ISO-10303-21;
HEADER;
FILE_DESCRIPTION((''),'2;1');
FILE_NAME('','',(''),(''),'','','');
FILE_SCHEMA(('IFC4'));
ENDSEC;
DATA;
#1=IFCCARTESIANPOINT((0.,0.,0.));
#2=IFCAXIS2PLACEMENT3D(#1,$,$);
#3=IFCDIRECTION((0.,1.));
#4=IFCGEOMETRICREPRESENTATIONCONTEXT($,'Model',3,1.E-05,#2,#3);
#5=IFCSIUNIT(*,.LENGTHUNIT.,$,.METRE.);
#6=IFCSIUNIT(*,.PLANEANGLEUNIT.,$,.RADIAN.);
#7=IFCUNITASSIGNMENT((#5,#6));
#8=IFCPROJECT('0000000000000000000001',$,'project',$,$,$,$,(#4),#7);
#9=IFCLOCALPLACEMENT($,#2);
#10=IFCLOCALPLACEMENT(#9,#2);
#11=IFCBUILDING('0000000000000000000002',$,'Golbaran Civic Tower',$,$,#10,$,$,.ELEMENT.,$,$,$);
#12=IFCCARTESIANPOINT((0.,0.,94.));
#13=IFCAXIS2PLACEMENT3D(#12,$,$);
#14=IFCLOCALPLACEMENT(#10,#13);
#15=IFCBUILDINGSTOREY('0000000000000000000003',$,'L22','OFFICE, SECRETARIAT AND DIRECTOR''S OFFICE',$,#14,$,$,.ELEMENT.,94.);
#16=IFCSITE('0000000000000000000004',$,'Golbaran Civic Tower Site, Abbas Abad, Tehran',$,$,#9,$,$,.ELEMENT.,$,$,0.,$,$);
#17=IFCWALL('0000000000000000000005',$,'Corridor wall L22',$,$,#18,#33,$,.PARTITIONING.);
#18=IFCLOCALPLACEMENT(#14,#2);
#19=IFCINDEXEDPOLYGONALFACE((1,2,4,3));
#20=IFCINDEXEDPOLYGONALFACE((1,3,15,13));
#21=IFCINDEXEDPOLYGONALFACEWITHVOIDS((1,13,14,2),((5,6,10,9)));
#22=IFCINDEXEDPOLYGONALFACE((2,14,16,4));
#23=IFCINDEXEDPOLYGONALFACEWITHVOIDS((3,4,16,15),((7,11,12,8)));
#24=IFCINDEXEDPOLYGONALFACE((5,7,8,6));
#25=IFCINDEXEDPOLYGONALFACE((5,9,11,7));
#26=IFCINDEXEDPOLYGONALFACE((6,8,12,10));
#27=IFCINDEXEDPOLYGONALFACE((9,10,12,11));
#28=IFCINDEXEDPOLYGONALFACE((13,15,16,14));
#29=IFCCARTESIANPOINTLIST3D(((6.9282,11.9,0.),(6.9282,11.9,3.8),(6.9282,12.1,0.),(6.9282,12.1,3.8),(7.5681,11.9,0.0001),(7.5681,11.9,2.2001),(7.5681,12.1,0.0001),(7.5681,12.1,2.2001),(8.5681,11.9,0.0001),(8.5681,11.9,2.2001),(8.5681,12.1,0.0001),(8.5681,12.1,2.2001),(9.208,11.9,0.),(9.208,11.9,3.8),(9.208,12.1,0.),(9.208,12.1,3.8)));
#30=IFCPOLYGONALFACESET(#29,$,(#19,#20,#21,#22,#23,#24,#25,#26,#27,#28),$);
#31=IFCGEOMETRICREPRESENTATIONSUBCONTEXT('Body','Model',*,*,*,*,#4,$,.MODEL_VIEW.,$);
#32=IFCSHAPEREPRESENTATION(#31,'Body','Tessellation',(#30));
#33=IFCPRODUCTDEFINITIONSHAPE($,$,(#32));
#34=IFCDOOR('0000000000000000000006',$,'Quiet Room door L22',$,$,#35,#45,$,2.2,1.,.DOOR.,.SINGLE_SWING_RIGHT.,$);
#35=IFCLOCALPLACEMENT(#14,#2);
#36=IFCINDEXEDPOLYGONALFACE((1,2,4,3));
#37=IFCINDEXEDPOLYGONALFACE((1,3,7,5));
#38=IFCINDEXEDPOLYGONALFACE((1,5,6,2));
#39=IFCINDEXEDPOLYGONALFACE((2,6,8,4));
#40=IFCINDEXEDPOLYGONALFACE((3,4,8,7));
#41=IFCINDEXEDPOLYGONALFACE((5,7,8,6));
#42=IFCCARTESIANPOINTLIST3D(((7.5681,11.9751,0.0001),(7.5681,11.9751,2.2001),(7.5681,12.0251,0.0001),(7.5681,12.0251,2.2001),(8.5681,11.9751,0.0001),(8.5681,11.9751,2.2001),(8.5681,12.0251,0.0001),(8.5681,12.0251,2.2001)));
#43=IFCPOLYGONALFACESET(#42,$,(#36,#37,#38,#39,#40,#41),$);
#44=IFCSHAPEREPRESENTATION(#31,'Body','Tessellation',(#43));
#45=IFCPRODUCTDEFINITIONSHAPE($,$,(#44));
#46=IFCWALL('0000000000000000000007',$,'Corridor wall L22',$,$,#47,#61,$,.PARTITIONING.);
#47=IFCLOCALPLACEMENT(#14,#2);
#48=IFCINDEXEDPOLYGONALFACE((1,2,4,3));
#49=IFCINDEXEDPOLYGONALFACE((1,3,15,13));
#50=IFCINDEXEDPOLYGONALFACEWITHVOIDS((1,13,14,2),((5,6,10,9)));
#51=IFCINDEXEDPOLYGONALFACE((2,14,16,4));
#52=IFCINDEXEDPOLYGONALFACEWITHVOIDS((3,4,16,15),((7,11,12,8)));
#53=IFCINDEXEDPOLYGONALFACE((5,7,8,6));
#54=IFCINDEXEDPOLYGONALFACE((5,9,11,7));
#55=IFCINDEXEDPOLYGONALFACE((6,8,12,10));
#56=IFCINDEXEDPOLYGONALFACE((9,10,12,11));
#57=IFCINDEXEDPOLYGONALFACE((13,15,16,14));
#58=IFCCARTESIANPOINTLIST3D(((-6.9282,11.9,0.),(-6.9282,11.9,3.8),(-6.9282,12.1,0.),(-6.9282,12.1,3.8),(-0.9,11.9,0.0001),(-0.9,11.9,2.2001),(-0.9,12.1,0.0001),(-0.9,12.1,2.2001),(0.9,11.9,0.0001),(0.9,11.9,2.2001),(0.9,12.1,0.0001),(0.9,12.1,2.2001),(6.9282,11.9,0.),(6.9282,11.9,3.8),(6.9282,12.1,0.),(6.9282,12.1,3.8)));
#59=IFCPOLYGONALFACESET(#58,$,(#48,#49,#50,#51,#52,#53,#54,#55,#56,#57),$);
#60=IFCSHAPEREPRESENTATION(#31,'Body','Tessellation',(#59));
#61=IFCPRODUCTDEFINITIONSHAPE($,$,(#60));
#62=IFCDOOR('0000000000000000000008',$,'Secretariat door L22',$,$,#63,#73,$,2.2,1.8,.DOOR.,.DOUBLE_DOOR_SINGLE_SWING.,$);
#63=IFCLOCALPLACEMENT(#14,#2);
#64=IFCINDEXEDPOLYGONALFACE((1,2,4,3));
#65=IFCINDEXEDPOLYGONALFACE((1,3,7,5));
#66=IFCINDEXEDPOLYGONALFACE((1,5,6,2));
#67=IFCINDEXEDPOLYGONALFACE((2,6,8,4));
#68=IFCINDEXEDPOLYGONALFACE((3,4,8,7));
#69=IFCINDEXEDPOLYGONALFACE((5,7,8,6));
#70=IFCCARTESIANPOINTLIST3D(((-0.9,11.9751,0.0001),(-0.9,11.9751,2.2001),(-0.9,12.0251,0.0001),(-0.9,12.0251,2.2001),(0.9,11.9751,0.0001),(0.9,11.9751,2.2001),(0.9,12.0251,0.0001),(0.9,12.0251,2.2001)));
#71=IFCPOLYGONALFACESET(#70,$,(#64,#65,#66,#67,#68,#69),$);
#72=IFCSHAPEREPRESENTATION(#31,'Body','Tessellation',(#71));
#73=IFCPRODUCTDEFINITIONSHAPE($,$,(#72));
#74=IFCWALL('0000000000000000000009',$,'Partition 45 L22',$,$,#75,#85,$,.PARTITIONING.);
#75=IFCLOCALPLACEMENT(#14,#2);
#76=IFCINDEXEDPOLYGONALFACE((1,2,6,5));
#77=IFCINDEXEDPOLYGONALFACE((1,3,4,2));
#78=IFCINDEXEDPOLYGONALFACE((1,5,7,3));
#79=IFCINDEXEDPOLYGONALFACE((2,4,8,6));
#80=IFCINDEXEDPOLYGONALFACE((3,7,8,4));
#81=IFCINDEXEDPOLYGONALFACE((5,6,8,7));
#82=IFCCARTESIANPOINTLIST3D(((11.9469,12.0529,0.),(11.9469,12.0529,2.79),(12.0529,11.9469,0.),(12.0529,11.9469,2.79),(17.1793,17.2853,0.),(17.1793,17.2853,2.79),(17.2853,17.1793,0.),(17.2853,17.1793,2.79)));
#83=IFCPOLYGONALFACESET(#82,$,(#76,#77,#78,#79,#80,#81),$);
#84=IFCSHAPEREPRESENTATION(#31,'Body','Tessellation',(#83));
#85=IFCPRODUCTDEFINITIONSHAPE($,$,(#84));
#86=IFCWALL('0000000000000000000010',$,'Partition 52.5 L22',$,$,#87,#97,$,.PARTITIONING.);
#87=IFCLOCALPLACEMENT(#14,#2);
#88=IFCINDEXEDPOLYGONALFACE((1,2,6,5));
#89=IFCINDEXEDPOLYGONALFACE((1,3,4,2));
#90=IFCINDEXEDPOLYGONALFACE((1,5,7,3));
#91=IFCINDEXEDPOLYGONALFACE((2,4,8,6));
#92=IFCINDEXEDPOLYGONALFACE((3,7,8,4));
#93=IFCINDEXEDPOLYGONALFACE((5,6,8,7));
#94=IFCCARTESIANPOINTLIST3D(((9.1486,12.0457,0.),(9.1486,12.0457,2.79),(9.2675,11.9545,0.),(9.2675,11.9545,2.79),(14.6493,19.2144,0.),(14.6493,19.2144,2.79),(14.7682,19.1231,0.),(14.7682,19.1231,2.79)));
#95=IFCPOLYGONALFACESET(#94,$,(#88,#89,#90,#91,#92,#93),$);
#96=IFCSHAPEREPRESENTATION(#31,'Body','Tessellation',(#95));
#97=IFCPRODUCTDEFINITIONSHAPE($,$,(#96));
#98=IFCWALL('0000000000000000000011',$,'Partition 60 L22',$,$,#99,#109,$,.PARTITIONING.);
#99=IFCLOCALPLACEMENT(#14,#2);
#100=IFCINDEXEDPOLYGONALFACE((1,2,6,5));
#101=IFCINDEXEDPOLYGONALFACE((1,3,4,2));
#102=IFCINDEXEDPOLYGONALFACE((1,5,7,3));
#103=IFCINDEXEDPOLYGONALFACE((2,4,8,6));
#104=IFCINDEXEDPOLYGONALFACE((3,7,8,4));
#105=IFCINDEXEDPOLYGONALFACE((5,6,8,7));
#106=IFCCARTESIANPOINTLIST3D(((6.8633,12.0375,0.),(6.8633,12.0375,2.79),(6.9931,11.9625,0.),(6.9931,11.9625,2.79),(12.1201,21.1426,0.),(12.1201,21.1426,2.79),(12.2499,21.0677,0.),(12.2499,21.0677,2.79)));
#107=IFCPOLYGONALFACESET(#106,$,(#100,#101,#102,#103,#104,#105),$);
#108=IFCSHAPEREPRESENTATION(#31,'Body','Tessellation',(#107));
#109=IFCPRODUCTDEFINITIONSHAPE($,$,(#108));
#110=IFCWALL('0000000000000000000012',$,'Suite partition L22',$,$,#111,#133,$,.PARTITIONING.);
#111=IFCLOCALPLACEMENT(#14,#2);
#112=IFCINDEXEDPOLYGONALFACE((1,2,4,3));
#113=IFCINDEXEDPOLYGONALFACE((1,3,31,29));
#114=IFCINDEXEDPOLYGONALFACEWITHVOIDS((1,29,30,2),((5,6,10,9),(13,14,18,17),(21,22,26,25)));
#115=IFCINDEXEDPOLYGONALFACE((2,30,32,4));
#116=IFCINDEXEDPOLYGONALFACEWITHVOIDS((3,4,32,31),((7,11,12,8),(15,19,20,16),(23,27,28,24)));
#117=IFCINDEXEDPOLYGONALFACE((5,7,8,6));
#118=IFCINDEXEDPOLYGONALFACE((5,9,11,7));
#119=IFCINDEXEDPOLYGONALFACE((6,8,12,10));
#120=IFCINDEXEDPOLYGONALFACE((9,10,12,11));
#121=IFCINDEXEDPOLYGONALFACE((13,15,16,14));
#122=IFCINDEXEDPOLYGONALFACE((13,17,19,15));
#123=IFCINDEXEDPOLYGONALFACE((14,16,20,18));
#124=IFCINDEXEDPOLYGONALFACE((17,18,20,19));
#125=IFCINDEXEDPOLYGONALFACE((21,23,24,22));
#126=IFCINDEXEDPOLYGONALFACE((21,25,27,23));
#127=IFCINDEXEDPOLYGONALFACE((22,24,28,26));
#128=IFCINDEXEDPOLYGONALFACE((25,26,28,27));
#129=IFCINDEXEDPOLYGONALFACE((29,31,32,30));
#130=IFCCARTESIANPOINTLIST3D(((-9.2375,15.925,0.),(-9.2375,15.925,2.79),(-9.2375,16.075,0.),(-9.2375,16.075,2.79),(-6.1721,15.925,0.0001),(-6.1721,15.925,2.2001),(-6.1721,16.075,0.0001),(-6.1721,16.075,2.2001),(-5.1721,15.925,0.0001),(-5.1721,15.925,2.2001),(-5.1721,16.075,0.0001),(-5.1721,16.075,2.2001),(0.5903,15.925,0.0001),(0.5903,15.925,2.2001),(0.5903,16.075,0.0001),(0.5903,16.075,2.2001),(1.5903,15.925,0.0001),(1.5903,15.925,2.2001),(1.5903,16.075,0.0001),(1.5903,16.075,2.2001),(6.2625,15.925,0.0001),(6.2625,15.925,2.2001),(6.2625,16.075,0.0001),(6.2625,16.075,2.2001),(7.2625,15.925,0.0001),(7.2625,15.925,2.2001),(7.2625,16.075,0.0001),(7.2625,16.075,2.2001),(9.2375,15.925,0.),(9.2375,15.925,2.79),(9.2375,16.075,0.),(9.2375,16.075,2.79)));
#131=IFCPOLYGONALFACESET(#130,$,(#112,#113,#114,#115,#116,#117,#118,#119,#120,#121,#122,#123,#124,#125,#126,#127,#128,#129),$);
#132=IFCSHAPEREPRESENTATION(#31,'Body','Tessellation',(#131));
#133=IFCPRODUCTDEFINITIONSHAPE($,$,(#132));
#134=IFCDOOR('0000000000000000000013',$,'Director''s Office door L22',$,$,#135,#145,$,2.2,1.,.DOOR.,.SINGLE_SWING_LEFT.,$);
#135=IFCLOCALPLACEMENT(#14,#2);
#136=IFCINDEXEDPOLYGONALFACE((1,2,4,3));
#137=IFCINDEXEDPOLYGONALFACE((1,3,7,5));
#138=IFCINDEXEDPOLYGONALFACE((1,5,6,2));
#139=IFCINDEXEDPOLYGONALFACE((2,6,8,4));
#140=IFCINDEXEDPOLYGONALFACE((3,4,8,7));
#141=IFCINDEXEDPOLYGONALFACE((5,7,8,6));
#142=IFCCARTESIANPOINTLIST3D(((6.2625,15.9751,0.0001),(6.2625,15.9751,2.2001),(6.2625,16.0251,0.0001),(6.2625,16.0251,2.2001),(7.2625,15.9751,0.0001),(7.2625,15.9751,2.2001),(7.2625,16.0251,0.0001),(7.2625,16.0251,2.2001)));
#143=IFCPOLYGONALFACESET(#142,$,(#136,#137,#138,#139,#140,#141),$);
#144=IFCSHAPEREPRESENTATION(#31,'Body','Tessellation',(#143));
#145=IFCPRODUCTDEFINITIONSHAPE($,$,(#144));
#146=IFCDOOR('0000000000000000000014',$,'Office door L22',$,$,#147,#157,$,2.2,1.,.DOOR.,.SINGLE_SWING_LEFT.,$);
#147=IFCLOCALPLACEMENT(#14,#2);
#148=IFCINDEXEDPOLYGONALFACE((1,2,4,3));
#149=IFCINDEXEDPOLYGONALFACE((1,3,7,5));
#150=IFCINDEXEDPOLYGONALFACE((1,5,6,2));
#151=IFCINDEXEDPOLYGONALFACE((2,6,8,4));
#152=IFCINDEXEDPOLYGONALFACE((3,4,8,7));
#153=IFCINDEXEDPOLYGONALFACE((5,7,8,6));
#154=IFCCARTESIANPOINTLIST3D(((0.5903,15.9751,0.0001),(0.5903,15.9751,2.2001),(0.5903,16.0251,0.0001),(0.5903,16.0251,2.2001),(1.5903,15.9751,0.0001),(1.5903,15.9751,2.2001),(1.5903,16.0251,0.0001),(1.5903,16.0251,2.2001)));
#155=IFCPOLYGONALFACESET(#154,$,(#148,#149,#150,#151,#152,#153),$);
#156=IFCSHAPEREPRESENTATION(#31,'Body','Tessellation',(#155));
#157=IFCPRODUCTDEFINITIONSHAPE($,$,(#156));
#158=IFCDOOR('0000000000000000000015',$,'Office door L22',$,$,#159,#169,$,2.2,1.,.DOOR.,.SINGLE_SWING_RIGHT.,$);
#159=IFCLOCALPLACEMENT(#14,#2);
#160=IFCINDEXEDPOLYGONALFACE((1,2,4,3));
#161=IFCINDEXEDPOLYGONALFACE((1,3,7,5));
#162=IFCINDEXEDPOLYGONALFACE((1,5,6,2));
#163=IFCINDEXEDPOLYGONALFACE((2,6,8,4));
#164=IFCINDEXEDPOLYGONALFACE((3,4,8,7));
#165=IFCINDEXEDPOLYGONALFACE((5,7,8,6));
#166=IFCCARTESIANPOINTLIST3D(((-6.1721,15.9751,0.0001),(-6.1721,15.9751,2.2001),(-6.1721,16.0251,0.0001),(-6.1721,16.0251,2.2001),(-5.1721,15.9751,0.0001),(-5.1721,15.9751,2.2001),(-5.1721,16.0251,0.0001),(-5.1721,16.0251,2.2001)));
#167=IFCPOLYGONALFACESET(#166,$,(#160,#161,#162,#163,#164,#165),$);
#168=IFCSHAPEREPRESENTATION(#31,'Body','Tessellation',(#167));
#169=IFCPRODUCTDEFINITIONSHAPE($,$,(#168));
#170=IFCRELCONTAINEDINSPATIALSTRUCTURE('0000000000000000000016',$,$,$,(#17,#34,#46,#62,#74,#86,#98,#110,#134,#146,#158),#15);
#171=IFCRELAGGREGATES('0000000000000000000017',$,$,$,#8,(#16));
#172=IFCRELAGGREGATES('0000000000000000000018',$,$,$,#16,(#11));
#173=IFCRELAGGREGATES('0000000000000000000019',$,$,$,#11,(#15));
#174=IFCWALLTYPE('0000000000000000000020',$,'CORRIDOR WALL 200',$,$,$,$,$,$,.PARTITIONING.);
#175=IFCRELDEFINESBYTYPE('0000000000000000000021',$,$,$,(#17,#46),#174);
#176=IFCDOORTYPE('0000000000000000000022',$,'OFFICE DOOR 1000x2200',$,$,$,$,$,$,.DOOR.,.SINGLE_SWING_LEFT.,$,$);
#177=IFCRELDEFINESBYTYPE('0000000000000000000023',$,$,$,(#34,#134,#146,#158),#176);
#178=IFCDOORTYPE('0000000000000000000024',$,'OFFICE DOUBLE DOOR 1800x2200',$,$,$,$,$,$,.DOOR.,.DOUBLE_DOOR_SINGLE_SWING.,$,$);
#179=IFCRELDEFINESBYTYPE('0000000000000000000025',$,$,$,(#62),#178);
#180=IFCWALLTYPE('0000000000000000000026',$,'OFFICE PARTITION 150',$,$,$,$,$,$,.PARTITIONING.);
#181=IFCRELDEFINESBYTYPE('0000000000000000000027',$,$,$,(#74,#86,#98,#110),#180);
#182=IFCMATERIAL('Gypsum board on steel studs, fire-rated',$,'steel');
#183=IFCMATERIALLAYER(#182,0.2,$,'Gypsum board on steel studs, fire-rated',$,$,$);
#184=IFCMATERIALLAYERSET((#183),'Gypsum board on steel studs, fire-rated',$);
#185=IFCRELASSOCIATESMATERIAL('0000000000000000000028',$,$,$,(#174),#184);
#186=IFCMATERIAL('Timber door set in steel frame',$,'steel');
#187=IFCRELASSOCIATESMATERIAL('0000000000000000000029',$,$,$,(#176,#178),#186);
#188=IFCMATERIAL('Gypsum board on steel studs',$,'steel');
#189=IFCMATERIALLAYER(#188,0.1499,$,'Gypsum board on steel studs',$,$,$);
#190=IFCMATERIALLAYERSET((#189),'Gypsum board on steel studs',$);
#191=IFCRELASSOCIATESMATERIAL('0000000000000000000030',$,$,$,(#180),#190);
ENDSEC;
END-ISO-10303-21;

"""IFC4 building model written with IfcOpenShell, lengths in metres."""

from ifc_helpers import new_model, si_unit, direction, frame, frame_2d, origin, place, context, subcontext, project, spatial, rectangle, extrude, material, layer, layer_set, type_object, element, fill, save


model = new_model("IFC4")

# Units and contexts
model_context = context("Model", 3, precision=1e-05, world=origin(), true_north=direction((0.0, 1.0)))
body_context = subcontext(model_context, "Body", "Model", "MODEL_VIEW")
ifc_project = project(units=[si_unit("LENGTHUNIT", "METRE"), si_unit("PLANEANGLEUNIT", "RADIAN")], contexts=[model_context])

# Site, building, storey
site_placement = place(None, origin())
site = spatial("IfcSite", under=ifc_project, at=site_placement, Name="Golbaran Civic Tower Site, Abbas Abad, Tehran", CompositionType="ELEMENT", RefElevation=0.0)
building_placement = place(site_placement, origin())
building = spatial("IfcBuilding", under=site, at=building_placement, Name="Golbaran Civic Tower", CompositionType="ELEMENT")
storey_placement = place(building_placement, frame((0.0, 0.0, 94.0)))
storey = spatial("IfcBuildingStorey", under=building, at=storey_placement, Name="L22", Description="OFFICE, SECRETARIAT AND DIRECTOR'S OFFICE", CompositionType="ELEMENT", Elevation=94.0)

# Walls, openings, doors
ifc_material_1 = material(Name="Timber door set in steel frame", Category="steel")
ifc_material_2 = material(Name="Gypsum board on steel studs, fire-rated", Category="steel")
ifc_layer_1 = layer(ifc_material_2, 0.2, Name="Gypsum board on steel studs, fire-rated")
ifc_layer_set_1 = layer_set([ifc_layer_1], Name="Gypsum board on steel studs, fire-rated")
wall_type_1 = type_object("IfcWallType", Name="CORRIDOR WALL 200", PredefinedType="PARTITIONING", material=ifc_layer_set_1)
door_type_1 = type_object("IfcDoorType", Name="OFFICE DOOR 1000x2200", OperationType="SINGLE_SWING_LEFT", PredefinedType="DOOR", material=ifc_material_1)
wall_1_placement = place(storey_placement, frame((9.208, 12.0, 0.0), z_axis=(0.0, 0.0, 1.0), x_axis=(-1.0, 0.0, 0.0)))
wall_1 = element("IfcWall", 1, at=wall_1_placement, inside=storey, type_object=wall_type_1, Name="Corridor wall L22", PredefinedType="PARTITIONING", context=body_context, shape_type="SweptSolid", body=[
    extrude(rectangle(XDim=2.2798, YDim=0.2, at=frame_2d((1.1399, 0.0))), origin(), (0.0, 0.0, 1.0), 3.8),
])
opening_1_placement = place(wall_1_placement, frame((0.6399, 0.0, 0.0)))
opening_1 = element("IfcOpeningElement", 2, at=opening_1_placement, cuts=wall_1, PredefinedType="OPENING", context=body_context, shape_type="SweptSolid", body=[
    extrude(rectangle(XDim=1.0, YDim=2.2, at=frame_2d((0.5, 1.1001))), frame((0.0, 0.1099, 0.0), z_axis=(0.0, -1.0, 0.0), x_axis=(1.0, 0.0, 0.0)), (0.0, 0.0, 1.0), 0.22),
])
door_1_placement = place(opening_1_placement, origin())
door_1 = element("IfcDoor", 3, at=door_1_placement, inside=storey, type_object=door_type_1, Name="Quiet Room door L22", OperationType="SINGLE_SWING_RIGHT", OverallHeight=2.2, OverallWidth=1.0, PredefinedType="DOOR", context=body_context, shape_type="SweptSolid", body=[
    extrude(rectangle(XDim=1.0, YDim=2.2, at=frame_2d((0.5, 1.1001))), frame((0.0, 0.0249, 0.0), z_axis=(0.0, -1.0, 0.0), x_axis=(1.0, 0.0, 0.0)), (0.0, 0.0, 1.0), 0.05),
])
fill(opening_1, door_1)
wall_2_placement = place(storey_placement, frame((6.9282, 12.0, 0.0), z_axis=(0.0, 0.0, 1.0), x_axis=(-1.0, 0.0, 0.0)))
wall_2 = element("IfcWall", 4, at=wall_2_placement, inside=storey, type_object=wall_type_1, Name="Corridor wall L22", PredefinedType="PARTITIONING", context=body_context, shape_type="SweptSolid", body=[
    extrude(rectangle(XDim=13.8564, YDim=0.2, at=frame_2d((6.9282, 0.0))), origin(), (0.0, 0.0, 1.0), 3.8),
])
opening_2_placement = place(wall_2_placement, frame((6.0283, 0.0, 0.0)))
opening_2 = element("IfcOpeningElement", 5, at=opening_2_placement, cuts=wall_2, PredefinedType="OPENING", context=body_context, shape_type="SweptSolid", body=[
    extrude(rectangle(XDim=1.8, YDim=2.2, at=frame_2d((0.8999, 1.1001))), frame((0.0, 0.1099, 0.0), z_axis=(0.0, -1.0, 0.0), x_axis=(1.0, 0.0, 0.0)), (0.0, 0.0, 1.0), 0.22),
])
door_type_2 = type_object("IfcDoorType", Name="OFFICE DOUBLE DOOR 1800x2200", OperationType="DOUBLE_DOOR_SINGLE_SWING", PredefinedType="DOOR", material=ifc_material_1)
door_2_placement = place(opening_2_placement, origin())
door_2 = element("IfcDoor", 6, at=door_2_placement, inside=storey, type_object=door_type_2, Name="Secretariat door L22", OperationType="DOUBLE_DOOR_SINGLE_SWING", OverallHeight=2.2, OverallWidth=1.8, PredefinedType="DOOR", context=body_context, shape_type="SweptSolid", body=[
    extrude(rectangle(XDim=1.8, YDim=2.2, at=frame_2d((0.8999, 1.1001))), frame((0.0, 0.0249, 0.0), z_axis=(0.0, -1.0, 0.0), x_axis=(1.0, 0.0, 0.0)), (0.0, 0.0, 1.0), 0.05),
])
fill(opening_2, door_2)

# Walls
ifc_material_3 = material(Name="Gypsum board on steel studs", Category="steel")
ifc_layer_2 = layer(ifc_material_3, 0.1499, Name="Gypsum board on steel studs")
ifc_layer_set_2 = layer_set([ifc_layer_2], Name="Gypsum board on steel studs")
wall_type_2 = type_object("IfcWallType", Name="OFFICE PARTITION 150", PredefinedType="PARTITIONING", material=ifc_layer_set_2)
wall_3_placement = place(storey_placement, frame((12.0, 12.0, 0.0), z_axis=(0.0, 0.0, 1.0), x_axis=(0.707107, 0.707107, 0.0)))
element("IfcWall", 7, at=wall_3_placement, inside=storey, type_object=wall_type_2, Name="Partition 45 L22", PredefinedType="PARTITIONING", context=body_context, shape_type="SweptSolid", body=[
    extrude(rectangle(XDim=7.3997, YDim=0.1499, at=frame_2d((3.6997, 0.0))), origin(), (0.0, 0.0, 1.0), 2.79),
])
wall_4_placement = place(storey_placement, frame((9.208, 12.0, 0.0), z_axis=(0.0, 0.0, 1.0), x_axis=(0.608761, 0.793354, 0.0)))
element("IfcWall", 8, at=wall_4_placement, inside=storey, type_object=wall_type_2, Name="Partition 52.5 L22", PredefinedType="PARTITIONING", context=body_context, shape_type="SweptSolid", body=[
    extrude(rectangle(XDim=9.0359, YDim=0.1499, at=frame_2d((4.5181, 0.0))), origin(), (0.0, 0.0, 1.0), 2.79),
])
wall_5_placement = place(storey_placement, frame((6.9282, 12.0, 0.0), z_axis=(0.0, 0.0, 1.0), x_axis=(0.499995, 0.866028, 0.0)))
element("IfcWall", 9, at=wall_5_placement, inside=storey, type_object=wall_type_2, Name="Partition 60 L22", PredefinedType="PARTITIONING", context=body_context, shape_type="SweptSolid", body=[
    extrude(rectangle(XDim=10.5137, YDim=0.1499, at=frame_2d((5.2568, 0.0))), origin(), (0.0, 0.0, 1.0), 2.79),
])

# Wall, openings, doors
wall_6_placement = place(storey_placement, frame((9.2375, 16.0, 0.0), z_axis=(0.0, 0.0, 1.0), x_axis=(-1.0, 0.0, 0.0)))
wall_6 = element("IfcWall", 10, at=wall_6_placement, inside=storey, type_object=wall_type_2, Name="Suite partition L22", PredefinedType="PARTITIONING", context=body_context, shape_type="SweptSolid", body=[
    extrude(rectangle(XDim=18.4751, YDim=0.1499, at=frame_2d((9.2375, 0.0))), origin(), (0.0, 0.0, 1.0), 2.79),
])
opening_3_placement = place(wall_6_placement, frame((1.9751, 0.0, 0.0)))
opening_3 = element("IfcOpeningElement", 11, at=opening_3_placement, cuts=wall_6, PredefinedType="OPENING", context=body_context, shape_type="SweptSolid", body=[
    extrude(rectangle(XDim=1.0, YDim=2.2, at=frame_2d((0.5, 1.1001))), frame((0.0, 0.085, 0.0), z_axis=(0.0, -1.0, 0.0), x_axis=(1.0, 0.0, 0.0)), (0.0, 0.0, 1.0), 0.1699),
])
opening_4_placement = place(wall_6_placement, frame((7.6472, 0.0, 0.0)))
opening_4 = element("IfcOpeningElement", 12, at=opening_4_placement, cuts=wall_6, PredefinedType="OPENING", context=body_context, shape_type="SweptSolid", body=[
    extrude(rectangle(XDim=1.0, YDim=2.2, at=frame_2d((0.5, 1.1001))), frame((0.0, 0.085, 0.0), z_axis=(0.0, -1.0, 0.0), x_axis=(1.0, 0.0, 0.0)), (0.0, 0.0, 1.0), 0.1699),
])
opening_5_placement = place(wall_6_placement, frame((14.4097, 0.0, 0.0)))
opening_5 = element("IfcOpeningElement", 13, at=opening_5_placement, cuts=wall_6, PredefinedType="OPENING", context=body_context, shape_type="SweptSolid", body=[
    extrude(rectangle(XDim=1.0, YDim=2.2, at=frame_2d((0.5, 1.1001))), frame((0.0, 0.085, 0.0), z_axis=(0.0, -1.0, 0.0), x_axis=(1.0, 0.0, 0.0)), (0.0, 0.0, 1.0), 0.1699),
])
door_3_placement = place(opening_3_placement, origin())
door_3 = element("IfcDoor", 14, at=door_3_placement, inside=storey, type_object=door_type_1, Name="Director's Office door L22", OperationType="SINGLE_SWING_LEFT", OverallHeight=2.2, OverallWidth=1.0, PredefinedType="DOOR", context=body_context, shape_type="SweptSolid", body=[
    extrude(rectangle(XDim=1.0, YDim=2.2, at=frame_2d((0.5, 1.1001))), frame((0.0, 0.0249, 0.0), z_axis=(0.0, -1.0, 0.0), x_axis=(1.0, 0.0, 0.0)), (0.0, 0.0, 1.0), 0.05),
])
fill(opening_3, door_3)
door_4_placement = place(opening_4_placement, origin())
door_4 = element("IfcDoor", 15, at=door_4_placement, inside=storey, type_object=door_type_1, Name="Office door L22", OperationType="SINGLE_SWING_LEFT", OverallHeight=2.2, OverallWidth=1.0, PredefinedType="DOOR", context=body_context, shape_type="SweptSolid", body=[
    extrude(rectangle(XDim=1.0, YDim=2.2, at=frame_2d((0.5, 1.1001))), frame((0.0, 0.0249, 0.0), z_axis=(0.0, -1.0, 0.0), x_axis=(1.0, 0.0, 0.0)), (0.0, 0.0, 1.0), 0.05),
])
fill(opening_4, door_4)
door_5_placement = place(opening_5_placement, origin())
door_5 = element("IfcDoor", 16, at=door_5_placement, inside=storey, type_object=door_type_1, Name="Office door L22", OperationType="SINGLE_SWING_RIGHT", OverallHeight=2.2, OverallWidth=1.0, PredefinedType="DOOR", context=body_context, shape_type="SweptSolid", body=[
    extrude(rectangle(XDim=1.0, YDim=2.2, at=frame_2d((0.5, 1.1001))), frame((0.0, 0.0249, 0.0), z_axis=(0.0, -1.0, 0.0), x_axis=(1.0, 0.0, 0.0)), (0.0, 0.0, 1.0), 0.05),
])
fill(opening_5, door_5)

save(model, "model.ifc")
